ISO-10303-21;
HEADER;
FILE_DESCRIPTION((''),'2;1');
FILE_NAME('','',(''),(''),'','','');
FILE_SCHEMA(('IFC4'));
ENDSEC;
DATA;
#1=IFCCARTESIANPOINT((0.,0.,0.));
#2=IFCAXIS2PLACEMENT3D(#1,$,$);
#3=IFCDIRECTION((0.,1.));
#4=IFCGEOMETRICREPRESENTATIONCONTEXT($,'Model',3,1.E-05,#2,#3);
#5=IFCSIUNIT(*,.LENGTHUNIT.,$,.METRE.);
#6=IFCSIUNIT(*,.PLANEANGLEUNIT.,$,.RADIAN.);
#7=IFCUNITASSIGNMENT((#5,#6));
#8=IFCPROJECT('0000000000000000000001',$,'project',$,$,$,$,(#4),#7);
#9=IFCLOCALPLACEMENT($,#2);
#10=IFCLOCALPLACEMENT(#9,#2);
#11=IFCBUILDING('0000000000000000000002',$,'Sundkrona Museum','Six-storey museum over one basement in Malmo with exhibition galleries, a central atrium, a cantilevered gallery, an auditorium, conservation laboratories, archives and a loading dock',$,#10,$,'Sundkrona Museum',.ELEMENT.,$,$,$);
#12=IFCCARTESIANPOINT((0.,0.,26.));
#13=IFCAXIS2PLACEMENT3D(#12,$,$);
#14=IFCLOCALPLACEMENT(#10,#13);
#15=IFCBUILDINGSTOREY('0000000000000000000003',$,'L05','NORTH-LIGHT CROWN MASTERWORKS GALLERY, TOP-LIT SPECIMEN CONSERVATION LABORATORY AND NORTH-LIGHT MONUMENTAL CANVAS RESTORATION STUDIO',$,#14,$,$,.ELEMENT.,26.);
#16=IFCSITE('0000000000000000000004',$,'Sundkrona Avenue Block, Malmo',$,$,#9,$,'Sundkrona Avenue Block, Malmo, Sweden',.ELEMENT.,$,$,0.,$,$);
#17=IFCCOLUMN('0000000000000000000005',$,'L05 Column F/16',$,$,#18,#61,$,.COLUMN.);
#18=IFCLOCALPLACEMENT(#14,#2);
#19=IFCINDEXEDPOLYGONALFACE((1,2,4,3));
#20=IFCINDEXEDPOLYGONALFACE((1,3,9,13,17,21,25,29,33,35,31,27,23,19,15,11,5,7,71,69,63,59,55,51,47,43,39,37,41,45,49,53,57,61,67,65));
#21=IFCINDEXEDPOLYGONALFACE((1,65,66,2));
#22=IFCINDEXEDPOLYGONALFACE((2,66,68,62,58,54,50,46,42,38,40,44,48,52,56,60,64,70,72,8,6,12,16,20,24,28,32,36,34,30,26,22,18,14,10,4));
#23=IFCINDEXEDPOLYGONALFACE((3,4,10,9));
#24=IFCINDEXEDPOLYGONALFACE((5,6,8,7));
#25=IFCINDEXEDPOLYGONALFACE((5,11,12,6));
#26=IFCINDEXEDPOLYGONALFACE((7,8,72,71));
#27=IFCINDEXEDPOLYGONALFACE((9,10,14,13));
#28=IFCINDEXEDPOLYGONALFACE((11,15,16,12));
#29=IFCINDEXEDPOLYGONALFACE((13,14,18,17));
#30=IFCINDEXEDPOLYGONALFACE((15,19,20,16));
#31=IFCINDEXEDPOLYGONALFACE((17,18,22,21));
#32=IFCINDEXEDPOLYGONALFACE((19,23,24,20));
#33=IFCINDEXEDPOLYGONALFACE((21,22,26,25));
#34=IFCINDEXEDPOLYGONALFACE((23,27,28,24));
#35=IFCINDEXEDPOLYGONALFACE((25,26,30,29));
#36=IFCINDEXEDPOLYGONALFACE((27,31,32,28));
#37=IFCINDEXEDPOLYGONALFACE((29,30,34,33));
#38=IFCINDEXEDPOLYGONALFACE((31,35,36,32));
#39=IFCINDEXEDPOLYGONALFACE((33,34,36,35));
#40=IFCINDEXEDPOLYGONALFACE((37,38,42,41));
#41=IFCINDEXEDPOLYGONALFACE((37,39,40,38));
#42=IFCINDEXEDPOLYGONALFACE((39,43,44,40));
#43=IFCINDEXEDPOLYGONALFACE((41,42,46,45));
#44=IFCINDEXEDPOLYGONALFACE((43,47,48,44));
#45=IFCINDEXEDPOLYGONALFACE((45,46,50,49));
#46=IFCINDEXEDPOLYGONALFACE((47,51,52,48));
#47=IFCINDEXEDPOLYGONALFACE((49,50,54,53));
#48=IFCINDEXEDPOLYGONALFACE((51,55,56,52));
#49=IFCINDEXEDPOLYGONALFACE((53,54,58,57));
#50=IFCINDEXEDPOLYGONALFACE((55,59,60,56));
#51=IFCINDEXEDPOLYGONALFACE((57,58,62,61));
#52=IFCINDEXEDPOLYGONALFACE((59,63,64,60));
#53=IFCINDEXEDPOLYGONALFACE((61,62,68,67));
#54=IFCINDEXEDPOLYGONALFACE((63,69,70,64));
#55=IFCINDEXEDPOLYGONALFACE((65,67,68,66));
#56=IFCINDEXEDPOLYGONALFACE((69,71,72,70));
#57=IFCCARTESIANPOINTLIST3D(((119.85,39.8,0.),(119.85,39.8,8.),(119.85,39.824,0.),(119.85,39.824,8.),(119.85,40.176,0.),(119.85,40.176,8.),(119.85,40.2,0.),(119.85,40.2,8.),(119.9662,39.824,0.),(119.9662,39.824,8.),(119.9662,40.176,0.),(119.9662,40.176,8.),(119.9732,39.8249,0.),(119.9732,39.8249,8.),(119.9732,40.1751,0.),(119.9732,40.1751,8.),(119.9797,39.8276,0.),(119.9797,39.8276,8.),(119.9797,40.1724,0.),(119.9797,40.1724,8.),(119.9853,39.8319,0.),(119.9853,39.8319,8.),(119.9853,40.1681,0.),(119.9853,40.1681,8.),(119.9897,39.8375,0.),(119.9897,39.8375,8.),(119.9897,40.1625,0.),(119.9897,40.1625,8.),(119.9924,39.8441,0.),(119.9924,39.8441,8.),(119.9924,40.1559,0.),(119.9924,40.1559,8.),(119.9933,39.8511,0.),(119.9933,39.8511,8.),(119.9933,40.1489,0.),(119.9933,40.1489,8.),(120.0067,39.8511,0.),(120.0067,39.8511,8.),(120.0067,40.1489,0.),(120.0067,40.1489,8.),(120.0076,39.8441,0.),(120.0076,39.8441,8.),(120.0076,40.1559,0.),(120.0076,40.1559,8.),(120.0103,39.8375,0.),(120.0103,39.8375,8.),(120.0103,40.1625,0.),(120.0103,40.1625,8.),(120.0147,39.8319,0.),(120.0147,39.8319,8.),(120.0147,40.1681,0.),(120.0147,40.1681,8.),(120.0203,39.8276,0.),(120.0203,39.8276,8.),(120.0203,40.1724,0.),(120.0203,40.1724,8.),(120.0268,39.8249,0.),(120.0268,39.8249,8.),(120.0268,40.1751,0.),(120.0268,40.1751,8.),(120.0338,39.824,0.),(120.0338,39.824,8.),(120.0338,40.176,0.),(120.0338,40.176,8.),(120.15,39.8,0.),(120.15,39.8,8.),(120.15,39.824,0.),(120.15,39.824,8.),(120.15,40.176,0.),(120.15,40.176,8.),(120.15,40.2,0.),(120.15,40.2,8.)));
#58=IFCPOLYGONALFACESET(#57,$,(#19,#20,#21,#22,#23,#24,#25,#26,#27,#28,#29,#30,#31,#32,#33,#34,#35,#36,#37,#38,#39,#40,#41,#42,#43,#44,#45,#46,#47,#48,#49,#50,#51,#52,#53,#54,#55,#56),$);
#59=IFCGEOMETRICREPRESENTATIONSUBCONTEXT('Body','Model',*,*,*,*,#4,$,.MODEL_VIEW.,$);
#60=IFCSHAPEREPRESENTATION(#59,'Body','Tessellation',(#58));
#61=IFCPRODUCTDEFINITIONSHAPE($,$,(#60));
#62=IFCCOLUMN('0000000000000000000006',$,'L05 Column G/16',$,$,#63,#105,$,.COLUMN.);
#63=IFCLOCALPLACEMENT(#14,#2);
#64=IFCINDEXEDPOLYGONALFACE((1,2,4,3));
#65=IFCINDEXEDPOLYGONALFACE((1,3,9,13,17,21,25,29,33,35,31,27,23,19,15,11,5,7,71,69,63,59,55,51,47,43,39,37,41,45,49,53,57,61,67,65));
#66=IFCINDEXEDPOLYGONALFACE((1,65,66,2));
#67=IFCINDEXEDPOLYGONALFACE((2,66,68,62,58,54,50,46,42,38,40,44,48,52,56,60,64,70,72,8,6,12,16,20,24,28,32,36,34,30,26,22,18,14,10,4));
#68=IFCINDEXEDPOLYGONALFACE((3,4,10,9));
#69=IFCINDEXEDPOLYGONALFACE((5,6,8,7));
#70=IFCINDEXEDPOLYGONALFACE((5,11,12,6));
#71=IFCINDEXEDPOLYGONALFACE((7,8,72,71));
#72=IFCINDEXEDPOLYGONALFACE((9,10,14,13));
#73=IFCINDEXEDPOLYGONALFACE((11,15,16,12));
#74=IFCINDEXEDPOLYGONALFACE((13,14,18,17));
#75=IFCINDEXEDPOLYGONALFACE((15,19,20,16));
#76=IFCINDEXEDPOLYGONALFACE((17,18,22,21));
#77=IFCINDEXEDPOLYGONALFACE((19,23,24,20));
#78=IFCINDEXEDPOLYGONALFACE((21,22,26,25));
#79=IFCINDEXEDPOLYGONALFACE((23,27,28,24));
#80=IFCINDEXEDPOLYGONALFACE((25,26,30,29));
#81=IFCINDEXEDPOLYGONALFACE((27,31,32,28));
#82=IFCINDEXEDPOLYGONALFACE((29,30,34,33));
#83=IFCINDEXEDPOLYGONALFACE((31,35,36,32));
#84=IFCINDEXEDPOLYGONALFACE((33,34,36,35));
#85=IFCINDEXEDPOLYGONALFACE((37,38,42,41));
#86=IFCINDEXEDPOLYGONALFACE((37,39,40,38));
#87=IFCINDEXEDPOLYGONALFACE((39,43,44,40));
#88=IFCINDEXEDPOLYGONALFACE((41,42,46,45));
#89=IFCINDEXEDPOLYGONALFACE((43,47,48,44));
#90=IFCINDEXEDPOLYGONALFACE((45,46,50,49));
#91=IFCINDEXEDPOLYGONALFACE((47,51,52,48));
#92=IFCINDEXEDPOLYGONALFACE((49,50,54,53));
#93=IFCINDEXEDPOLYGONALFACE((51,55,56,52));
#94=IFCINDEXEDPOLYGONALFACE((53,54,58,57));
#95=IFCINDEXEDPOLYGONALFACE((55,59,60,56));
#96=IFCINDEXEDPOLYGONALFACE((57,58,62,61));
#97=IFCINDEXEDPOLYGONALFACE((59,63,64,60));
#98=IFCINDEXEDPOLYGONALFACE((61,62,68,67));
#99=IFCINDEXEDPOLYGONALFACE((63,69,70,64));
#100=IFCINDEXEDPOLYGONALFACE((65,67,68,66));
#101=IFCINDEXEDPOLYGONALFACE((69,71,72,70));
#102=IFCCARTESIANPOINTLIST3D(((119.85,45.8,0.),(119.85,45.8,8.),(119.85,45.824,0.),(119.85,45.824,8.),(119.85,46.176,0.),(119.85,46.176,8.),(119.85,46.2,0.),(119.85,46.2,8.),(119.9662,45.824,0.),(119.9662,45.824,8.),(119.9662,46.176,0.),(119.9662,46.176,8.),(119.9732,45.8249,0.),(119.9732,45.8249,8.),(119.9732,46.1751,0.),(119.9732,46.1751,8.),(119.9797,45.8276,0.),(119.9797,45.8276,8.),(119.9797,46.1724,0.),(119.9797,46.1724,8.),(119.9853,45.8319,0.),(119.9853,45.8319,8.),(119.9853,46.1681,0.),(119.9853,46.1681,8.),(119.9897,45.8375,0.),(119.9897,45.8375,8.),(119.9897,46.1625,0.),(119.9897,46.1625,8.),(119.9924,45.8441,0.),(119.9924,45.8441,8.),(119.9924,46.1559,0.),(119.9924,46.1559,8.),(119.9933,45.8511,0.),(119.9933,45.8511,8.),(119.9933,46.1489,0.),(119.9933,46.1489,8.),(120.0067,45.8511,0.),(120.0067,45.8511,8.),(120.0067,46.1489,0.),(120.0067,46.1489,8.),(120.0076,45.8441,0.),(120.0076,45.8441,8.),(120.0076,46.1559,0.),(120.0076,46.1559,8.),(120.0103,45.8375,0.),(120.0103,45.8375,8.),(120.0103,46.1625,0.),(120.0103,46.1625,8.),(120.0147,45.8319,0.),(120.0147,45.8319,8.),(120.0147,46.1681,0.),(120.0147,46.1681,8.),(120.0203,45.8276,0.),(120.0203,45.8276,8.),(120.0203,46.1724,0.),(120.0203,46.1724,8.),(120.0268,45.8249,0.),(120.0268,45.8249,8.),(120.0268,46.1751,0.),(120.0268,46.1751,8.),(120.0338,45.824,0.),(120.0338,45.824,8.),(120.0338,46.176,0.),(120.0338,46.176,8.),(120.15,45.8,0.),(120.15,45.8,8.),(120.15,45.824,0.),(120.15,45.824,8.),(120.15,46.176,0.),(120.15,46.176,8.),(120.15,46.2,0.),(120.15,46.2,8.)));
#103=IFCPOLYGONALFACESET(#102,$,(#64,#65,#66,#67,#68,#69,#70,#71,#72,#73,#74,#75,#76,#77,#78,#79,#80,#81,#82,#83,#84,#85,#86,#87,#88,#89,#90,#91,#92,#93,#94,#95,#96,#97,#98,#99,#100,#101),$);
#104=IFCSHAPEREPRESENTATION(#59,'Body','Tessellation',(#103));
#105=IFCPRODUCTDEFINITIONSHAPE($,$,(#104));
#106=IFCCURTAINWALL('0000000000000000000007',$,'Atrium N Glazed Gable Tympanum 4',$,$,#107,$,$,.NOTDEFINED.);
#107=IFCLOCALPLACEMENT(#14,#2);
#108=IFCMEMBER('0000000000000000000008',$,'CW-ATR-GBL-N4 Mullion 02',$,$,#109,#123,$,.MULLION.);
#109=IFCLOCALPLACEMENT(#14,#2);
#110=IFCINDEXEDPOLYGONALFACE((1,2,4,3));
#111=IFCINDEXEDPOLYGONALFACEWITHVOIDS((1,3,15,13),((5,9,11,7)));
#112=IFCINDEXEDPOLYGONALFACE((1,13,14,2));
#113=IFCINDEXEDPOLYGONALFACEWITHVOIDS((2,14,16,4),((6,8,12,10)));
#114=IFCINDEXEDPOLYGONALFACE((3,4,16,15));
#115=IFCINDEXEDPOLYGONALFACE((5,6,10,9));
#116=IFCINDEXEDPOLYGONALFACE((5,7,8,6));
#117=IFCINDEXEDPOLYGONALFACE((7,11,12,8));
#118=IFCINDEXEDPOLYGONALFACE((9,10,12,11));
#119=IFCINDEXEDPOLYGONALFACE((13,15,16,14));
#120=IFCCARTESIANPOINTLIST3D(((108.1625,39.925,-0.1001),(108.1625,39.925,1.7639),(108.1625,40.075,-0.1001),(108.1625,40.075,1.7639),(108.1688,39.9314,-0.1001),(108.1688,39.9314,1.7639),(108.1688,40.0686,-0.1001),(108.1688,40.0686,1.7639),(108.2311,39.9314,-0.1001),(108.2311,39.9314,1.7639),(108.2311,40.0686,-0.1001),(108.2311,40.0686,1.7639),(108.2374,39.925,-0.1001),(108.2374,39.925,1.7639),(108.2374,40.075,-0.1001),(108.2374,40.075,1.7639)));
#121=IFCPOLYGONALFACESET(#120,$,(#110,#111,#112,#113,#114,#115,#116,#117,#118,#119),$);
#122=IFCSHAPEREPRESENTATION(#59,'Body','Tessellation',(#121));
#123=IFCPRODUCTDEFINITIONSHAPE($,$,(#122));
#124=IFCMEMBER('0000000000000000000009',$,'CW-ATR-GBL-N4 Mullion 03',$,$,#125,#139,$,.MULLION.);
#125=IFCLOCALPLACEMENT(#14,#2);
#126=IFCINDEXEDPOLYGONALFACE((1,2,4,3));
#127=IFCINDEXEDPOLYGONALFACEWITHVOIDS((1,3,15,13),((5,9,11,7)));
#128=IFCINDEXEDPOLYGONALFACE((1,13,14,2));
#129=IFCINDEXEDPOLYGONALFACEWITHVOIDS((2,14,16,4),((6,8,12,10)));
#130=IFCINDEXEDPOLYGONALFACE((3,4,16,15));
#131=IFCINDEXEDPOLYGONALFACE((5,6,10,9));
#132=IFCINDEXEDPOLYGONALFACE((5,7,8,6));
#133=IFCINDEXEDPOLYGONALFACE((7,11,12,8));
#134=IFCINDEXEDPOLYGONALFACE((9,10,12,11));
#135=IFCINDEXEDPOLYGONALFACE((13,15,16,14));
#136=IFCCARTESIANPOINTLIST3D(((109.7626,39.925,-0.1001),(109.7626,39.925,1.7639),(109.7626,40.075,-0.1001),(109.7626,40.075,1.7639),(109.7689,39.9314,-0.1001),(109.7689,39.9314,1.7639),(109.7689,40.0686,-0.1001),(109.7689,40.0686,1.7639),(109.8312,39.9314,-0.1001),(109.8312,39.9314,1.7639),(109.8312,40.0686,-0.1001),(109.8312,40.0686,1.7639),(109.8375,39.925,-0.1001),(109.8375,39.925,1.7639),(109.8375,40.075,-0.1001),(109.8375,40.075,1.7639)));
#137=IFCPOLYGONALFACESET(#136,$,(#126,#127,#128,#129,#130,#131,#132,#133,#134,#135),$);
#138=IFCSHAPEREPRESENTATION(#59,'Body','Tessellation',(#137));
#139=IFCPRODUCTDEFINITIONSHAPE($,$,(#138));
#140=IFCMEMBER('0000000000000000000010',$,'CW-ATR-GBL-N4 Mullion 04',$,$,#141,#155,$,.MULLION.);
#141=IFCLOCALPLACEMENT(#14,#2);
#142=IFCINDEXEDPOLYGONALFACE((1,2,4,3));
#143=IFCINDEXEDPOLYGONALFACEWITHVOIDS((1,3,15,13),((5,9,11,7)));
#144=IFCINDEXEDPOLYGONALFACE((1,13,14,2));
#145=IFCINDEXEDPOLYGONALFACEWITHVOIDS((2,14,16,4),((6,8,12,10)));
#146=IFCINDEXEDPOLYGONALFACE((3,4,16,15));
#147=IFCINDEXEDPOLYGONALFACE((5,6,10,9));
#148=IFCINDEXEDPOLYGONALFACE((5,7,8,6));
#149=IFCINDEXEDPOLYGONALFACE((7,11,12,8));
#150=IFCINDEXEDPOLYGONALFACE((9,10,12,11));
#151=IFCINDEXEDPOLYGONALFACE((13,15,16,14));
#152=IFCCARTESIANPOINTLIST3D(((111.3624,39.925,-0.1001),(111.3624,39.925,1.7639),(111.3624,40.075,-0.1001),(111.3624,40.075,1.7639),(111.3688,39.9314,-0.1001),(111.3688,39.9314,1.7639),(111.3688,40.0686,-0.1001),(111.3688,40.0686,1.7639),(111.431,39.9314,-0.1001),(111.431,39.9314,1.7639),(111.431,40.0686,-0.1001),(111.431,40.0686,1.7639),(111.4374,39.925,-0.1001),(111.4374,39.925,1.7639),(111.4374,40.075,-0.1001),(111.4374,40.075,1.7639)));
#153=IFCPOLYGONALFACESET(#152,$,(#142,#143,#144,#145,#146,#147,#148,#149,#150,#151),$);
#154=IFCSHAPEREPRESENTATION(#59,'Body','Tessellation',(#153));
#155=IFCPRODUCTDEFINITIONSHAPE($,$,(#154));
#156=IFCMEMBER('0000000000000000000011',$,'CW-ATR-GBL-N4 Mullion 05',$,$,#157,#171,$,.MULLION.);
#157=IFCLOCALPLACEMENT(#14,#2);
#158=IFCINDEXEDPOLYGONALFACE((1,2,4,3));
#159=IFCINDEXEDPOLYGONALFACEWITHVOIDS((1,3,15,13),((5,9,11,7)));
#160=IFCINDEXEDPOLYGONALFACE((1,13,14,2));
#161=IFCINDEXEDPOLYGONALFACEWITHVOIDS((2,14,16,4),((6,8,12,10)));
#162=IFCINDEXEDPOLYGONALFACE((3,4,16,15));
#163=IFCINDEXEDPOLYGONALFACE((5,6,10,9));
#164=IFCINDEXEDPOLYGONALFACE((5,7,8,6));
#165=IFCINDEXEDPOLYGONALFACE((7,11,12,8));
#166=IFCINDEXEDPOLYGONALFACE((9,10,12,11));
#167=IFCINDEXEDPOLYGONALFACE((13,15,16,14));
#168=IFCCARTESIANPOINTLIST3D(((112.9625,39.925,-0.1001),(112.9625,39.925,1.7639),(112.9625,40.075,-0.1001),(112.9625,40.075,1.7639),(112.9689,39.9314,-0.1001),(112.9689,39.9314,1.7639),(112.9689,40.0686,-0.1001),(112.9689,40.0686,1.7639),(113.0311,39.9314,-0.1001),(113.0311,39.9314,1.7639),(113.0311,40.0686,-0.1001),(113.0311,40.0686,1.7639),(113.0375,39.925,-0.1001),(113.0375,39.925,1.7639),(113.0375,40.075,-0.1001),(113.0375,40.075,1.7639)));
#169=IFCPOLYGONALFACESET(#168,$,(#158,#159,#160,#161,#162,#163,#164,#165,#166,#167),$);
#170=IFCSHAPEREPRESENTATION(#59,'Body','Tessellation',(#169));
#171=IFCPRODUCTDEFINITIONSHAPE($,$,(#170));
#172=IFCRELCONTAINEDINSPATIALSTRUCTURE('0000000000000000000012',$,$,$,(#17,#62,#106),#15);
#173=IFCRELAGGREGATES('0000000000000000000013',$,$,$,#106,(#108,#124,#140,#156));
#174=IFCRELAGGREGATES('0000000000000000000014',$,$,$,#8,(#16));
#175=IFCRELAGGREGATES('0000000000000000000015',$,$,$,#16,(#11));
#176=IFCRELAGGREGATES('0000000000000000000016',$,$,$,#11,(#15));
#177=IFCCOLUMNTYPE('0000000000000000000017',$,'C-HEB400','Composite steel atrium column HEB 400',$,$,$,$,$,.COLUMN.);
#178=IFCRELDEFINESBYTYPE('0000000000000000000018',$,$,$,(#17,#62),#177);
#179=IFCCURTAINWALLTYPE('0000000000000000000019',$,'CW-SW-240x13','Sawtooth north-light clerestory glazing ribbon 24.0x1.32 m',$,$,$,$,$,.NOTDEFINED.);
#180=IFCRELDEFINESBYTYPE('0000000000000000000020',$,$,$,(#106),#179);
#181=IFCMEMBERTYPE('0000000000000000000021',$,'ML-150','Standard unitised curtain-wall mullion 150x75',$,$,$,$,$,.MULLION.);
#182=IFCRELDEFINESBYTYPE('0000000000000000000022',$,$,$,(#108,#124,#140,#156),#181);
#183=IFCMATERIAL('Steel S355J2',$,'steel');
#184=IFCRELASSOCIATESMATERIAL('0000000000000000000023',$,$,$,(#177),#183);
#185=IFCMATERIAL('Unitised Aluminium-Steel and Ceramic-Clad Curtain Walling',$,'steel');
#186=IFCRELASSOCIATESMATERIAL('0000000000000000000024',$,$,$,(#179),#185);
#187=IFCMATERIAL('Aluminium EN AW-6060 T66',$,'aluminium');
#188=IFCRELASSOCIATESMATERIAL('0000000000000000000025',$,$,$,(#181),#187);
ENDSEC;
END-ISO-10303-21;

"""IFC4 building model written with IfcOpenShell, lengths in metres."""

from ifc_helpers import new_model, si_unit, direction, frame, origin, origin_2d, place, context, subcontext, project, spatial, hollow_rectangle, i_section, extrude, material, material_profile, profile_set, type_object, element, aggregate, save


model = new_model("IFC4")

# Units and contexts
model_context = context("Model", 3, precision=1e-05, world=origin(), true_north=direction((0.0, 1.0)))
body_context = subcontext(model_context, "Body", "Model", "MODEL_VIEW")
ifc_project = project(units=[si_unit("LENGTHUNIT", "METRE"), si_unit("PLANEANGLEUNIT", "RADIAN")], contexts=[model_context])

# Site, building, storey
site_placement = place(None, origin())
site = spatial("IfcSite", under=ifc_project, at=site_placement, Name="Sundkrona Avenue Block, Malmo", LongName="Sundkrona Avenue Block, Malmo, Sweden", CompositionType="ELEMENT", RefElevation=0.0)
building_placement = place(site_placement, origin())
building = spatial("IfcBuilding", under=site, at=building_placement, Name="Sundkrona Museum", Description="Six-storey museum over one basement in Malmo with exhibition galleries, a central atrium, a cantilevered gallery, an auditorium, conservation laboratories, archives and a loading dock", LongName="Sundkrona Museum", CompositionType="ELEMENT")
storey_placement = place(building_placement, frame((0.0, 0.0, 26.0)))
storey = spatial("IfcBuildingStorey", under=building, at=storey_placement, Name="L05", Description="NORTH-LIGHT CROWN MASTERWORKS GALLERY, TOP-LIT SPECIMEN CONSERVATION LABORATORY AND NORTH-LIGHT MONUMENTAL CANVAS RESTORATION STUDIO", CompositionType="ELEMENT", Elevation=26.0)

# Columns
ifc_material_1 = material(Name="Steel S355J2", Category="steel")
ifc_material_profile_1 = material_profile(ifc_material_1, i_section(OverallWidth=0.3, OverallDepth=0.3999, WebThickness=0.0134, FlangeThickness=0.0239, FilletRadius=0.0271, at=origin_2d()), Name="HEB 400")
ifc_profile_set_1 = profile_set([ifc_material_profile_1], Name="Steel S355J2")
column_type = type_object("IfcColumnType", Name="C-HEB400", Description="Composite steel atrium column HEB 400", PredefinedType="COLUMN", material=ifc_profile_set_1)
for number, where, z_axis, x_axis, name in (
    (1, (120.0, 40.0, 0.0), (0.0, 0.0, 1.0), (1.0, 0.0, 0.0), "L05 Column F/16"),
    (2, (120.0, 46.0, 0.0), (0.0, 0.0, 1.0), (1.0, 0.0, 0.0), "L05 Column G/16"),
):
    element("IfcColumn", number, at=place(storey_placement, frame(where, z_axis=z_axis, x_axis=x_axis)), inside=storey, type_object=column_type, Name=name, PredefinedType="COLUMN", context=body_context, shape_type="SweptSolid", body=[
        extrude(i_section(OverallWidth=0.3, OverallDepth=0.3999, WebThickness=0.0134, FlangeThickness=0.0239, FilletRadius=0.0271, at=origin_2d()), origin(), (0.0, 0.0, 1.0), 8.0),
    ])

# Curtain wall, members
ifc_material_2 = material(Name="Unitised Aluminium-Steel and Ceramic-Clad Curtain Walling", Category="steel")
curtain_wall_type = type_object("IfcCurtainWallType", Name="CW-SW-240x13", Description="Sawtooth north-light clerestory glazing ribbon 24.0x1.32 m", PredefinedType="NOTDEFINED", material=ifc_material_2)
curtain_wall_placement = place(storey_placement, origin())
curtain_wall = element("IfcCurtainWall", 3, at=curtain_wall_placement, inside=storey, type_object=curtain_wall_type, Name="Atrium N Glazed Gable Tympanum 4", PredefinedType="NOTDEFINED")
ifc_material_3 = material(Name="Aluminium EN AW-6060 T66", Category="aluminium")
ifc_material_profile_2 = material_profile(ifc_material_3, hollow_rectangle(XDim=0.075, YDim=0.1499, WallThickness=0.0063, at=origin_2d()), Name="RHS 150x75x6.3")
ifc_profile_set_2 = profile_set([ifc_material_profile_2], Name="Aluminium EN AW-6060 T66")
member_type_1 = type_object("IfcMemberType", Name="ML-150", Description="Standard unitised curtain-wall mullion 150x75", PredefinedType="MULLION", material=ifc_profile_set_2)
member_1_placement = place(storey_placement, frame((108.2, 40.0, -0.1001), z_axis=(0.0, 0.0, 1.0), x_axis=(1.0, 0.0, 0.0)))
member_1 = element("IfcMember", 4, at=member_1_placement, type_object=member_type_1, Name="CW-ATR-GBL-N4 Mullion 02", PredefinedType="MULLION", context=body_context, shape_type="SweptSolid", body=[
    extrude(hollow_rectangle(XDim=0.075, YDim=0.1499, WallThickness=0.0063, at=origin_2d()), origin(), (0.0, 0.0, 1.0), 1.864),
])
member_2_placement = place(storey_placement, frame((109.8, 40.0, -0.1001), z_axis=(0.0, 0.0, 1.0), x_axis=(1.0, 0.0, 0.0)))
member_2 = element("IfcMember", 5, at=member_2_placement, type_object=member_type_1, Name="CW-ATR-GBL-N4 Mullion 03", PredefinedType="MULLION", context=body_context, shape_type="SweptSolid", body=[
    extrude(hollow_rectangle(XDim=0.075, YDim=0.1499, WallThickness=0.0063, at=origin_2d()), origin(), (0.0, 0.0, 1.0), 1.864),
])
member_3_placement = place(storey_placement, frame((111.3999, 40.0, -0.1001), z_axis=(0.0, 0.0, 1.0), x_axis=(1.0, 0.0, 0.0)))
member_3 = element("IfcMember", 6, at=member_3_placement, type_object=member_type_1, Name="CW-ATR-GBL-N4 Mullion 04", PredefinedType="MULLION", context=body_context, shape_type="SweptSolid", body=[
    extrude(hollow_rectangle(XDim=0.075, YDim=0.1499, WallThickness=0.0063, at=origin_2d()), origin(), (0.0, 0.0, 1.0), 1.864),
])
member_4_placement = place(storey_placement, frame((113.0, 40.0, -0.1001), z_axis=(0.0, 0.0, 1.0), x_axis=(1.0, 0.0, 0.0)))
member_4 = element("IfcMember", 7, at=member_4_placement, type_object=member_type_1, Name="CW-ATR-GBL-N4 Mullion 05", PredefinedType="MULLION", context=body_context, shape_type="SweptSolid", body=[
    extrude(hollow_rectangle(XDim=0.075, YDim=0.1499, WallThickness=0.0063, at=origin_2d()), origin(), (0.0, 0.0, 1.0), 1.864),
])

aggregate(curtain_wall, [member_1, member_2, member_3, member_4])

save(model, "model.ifc")
